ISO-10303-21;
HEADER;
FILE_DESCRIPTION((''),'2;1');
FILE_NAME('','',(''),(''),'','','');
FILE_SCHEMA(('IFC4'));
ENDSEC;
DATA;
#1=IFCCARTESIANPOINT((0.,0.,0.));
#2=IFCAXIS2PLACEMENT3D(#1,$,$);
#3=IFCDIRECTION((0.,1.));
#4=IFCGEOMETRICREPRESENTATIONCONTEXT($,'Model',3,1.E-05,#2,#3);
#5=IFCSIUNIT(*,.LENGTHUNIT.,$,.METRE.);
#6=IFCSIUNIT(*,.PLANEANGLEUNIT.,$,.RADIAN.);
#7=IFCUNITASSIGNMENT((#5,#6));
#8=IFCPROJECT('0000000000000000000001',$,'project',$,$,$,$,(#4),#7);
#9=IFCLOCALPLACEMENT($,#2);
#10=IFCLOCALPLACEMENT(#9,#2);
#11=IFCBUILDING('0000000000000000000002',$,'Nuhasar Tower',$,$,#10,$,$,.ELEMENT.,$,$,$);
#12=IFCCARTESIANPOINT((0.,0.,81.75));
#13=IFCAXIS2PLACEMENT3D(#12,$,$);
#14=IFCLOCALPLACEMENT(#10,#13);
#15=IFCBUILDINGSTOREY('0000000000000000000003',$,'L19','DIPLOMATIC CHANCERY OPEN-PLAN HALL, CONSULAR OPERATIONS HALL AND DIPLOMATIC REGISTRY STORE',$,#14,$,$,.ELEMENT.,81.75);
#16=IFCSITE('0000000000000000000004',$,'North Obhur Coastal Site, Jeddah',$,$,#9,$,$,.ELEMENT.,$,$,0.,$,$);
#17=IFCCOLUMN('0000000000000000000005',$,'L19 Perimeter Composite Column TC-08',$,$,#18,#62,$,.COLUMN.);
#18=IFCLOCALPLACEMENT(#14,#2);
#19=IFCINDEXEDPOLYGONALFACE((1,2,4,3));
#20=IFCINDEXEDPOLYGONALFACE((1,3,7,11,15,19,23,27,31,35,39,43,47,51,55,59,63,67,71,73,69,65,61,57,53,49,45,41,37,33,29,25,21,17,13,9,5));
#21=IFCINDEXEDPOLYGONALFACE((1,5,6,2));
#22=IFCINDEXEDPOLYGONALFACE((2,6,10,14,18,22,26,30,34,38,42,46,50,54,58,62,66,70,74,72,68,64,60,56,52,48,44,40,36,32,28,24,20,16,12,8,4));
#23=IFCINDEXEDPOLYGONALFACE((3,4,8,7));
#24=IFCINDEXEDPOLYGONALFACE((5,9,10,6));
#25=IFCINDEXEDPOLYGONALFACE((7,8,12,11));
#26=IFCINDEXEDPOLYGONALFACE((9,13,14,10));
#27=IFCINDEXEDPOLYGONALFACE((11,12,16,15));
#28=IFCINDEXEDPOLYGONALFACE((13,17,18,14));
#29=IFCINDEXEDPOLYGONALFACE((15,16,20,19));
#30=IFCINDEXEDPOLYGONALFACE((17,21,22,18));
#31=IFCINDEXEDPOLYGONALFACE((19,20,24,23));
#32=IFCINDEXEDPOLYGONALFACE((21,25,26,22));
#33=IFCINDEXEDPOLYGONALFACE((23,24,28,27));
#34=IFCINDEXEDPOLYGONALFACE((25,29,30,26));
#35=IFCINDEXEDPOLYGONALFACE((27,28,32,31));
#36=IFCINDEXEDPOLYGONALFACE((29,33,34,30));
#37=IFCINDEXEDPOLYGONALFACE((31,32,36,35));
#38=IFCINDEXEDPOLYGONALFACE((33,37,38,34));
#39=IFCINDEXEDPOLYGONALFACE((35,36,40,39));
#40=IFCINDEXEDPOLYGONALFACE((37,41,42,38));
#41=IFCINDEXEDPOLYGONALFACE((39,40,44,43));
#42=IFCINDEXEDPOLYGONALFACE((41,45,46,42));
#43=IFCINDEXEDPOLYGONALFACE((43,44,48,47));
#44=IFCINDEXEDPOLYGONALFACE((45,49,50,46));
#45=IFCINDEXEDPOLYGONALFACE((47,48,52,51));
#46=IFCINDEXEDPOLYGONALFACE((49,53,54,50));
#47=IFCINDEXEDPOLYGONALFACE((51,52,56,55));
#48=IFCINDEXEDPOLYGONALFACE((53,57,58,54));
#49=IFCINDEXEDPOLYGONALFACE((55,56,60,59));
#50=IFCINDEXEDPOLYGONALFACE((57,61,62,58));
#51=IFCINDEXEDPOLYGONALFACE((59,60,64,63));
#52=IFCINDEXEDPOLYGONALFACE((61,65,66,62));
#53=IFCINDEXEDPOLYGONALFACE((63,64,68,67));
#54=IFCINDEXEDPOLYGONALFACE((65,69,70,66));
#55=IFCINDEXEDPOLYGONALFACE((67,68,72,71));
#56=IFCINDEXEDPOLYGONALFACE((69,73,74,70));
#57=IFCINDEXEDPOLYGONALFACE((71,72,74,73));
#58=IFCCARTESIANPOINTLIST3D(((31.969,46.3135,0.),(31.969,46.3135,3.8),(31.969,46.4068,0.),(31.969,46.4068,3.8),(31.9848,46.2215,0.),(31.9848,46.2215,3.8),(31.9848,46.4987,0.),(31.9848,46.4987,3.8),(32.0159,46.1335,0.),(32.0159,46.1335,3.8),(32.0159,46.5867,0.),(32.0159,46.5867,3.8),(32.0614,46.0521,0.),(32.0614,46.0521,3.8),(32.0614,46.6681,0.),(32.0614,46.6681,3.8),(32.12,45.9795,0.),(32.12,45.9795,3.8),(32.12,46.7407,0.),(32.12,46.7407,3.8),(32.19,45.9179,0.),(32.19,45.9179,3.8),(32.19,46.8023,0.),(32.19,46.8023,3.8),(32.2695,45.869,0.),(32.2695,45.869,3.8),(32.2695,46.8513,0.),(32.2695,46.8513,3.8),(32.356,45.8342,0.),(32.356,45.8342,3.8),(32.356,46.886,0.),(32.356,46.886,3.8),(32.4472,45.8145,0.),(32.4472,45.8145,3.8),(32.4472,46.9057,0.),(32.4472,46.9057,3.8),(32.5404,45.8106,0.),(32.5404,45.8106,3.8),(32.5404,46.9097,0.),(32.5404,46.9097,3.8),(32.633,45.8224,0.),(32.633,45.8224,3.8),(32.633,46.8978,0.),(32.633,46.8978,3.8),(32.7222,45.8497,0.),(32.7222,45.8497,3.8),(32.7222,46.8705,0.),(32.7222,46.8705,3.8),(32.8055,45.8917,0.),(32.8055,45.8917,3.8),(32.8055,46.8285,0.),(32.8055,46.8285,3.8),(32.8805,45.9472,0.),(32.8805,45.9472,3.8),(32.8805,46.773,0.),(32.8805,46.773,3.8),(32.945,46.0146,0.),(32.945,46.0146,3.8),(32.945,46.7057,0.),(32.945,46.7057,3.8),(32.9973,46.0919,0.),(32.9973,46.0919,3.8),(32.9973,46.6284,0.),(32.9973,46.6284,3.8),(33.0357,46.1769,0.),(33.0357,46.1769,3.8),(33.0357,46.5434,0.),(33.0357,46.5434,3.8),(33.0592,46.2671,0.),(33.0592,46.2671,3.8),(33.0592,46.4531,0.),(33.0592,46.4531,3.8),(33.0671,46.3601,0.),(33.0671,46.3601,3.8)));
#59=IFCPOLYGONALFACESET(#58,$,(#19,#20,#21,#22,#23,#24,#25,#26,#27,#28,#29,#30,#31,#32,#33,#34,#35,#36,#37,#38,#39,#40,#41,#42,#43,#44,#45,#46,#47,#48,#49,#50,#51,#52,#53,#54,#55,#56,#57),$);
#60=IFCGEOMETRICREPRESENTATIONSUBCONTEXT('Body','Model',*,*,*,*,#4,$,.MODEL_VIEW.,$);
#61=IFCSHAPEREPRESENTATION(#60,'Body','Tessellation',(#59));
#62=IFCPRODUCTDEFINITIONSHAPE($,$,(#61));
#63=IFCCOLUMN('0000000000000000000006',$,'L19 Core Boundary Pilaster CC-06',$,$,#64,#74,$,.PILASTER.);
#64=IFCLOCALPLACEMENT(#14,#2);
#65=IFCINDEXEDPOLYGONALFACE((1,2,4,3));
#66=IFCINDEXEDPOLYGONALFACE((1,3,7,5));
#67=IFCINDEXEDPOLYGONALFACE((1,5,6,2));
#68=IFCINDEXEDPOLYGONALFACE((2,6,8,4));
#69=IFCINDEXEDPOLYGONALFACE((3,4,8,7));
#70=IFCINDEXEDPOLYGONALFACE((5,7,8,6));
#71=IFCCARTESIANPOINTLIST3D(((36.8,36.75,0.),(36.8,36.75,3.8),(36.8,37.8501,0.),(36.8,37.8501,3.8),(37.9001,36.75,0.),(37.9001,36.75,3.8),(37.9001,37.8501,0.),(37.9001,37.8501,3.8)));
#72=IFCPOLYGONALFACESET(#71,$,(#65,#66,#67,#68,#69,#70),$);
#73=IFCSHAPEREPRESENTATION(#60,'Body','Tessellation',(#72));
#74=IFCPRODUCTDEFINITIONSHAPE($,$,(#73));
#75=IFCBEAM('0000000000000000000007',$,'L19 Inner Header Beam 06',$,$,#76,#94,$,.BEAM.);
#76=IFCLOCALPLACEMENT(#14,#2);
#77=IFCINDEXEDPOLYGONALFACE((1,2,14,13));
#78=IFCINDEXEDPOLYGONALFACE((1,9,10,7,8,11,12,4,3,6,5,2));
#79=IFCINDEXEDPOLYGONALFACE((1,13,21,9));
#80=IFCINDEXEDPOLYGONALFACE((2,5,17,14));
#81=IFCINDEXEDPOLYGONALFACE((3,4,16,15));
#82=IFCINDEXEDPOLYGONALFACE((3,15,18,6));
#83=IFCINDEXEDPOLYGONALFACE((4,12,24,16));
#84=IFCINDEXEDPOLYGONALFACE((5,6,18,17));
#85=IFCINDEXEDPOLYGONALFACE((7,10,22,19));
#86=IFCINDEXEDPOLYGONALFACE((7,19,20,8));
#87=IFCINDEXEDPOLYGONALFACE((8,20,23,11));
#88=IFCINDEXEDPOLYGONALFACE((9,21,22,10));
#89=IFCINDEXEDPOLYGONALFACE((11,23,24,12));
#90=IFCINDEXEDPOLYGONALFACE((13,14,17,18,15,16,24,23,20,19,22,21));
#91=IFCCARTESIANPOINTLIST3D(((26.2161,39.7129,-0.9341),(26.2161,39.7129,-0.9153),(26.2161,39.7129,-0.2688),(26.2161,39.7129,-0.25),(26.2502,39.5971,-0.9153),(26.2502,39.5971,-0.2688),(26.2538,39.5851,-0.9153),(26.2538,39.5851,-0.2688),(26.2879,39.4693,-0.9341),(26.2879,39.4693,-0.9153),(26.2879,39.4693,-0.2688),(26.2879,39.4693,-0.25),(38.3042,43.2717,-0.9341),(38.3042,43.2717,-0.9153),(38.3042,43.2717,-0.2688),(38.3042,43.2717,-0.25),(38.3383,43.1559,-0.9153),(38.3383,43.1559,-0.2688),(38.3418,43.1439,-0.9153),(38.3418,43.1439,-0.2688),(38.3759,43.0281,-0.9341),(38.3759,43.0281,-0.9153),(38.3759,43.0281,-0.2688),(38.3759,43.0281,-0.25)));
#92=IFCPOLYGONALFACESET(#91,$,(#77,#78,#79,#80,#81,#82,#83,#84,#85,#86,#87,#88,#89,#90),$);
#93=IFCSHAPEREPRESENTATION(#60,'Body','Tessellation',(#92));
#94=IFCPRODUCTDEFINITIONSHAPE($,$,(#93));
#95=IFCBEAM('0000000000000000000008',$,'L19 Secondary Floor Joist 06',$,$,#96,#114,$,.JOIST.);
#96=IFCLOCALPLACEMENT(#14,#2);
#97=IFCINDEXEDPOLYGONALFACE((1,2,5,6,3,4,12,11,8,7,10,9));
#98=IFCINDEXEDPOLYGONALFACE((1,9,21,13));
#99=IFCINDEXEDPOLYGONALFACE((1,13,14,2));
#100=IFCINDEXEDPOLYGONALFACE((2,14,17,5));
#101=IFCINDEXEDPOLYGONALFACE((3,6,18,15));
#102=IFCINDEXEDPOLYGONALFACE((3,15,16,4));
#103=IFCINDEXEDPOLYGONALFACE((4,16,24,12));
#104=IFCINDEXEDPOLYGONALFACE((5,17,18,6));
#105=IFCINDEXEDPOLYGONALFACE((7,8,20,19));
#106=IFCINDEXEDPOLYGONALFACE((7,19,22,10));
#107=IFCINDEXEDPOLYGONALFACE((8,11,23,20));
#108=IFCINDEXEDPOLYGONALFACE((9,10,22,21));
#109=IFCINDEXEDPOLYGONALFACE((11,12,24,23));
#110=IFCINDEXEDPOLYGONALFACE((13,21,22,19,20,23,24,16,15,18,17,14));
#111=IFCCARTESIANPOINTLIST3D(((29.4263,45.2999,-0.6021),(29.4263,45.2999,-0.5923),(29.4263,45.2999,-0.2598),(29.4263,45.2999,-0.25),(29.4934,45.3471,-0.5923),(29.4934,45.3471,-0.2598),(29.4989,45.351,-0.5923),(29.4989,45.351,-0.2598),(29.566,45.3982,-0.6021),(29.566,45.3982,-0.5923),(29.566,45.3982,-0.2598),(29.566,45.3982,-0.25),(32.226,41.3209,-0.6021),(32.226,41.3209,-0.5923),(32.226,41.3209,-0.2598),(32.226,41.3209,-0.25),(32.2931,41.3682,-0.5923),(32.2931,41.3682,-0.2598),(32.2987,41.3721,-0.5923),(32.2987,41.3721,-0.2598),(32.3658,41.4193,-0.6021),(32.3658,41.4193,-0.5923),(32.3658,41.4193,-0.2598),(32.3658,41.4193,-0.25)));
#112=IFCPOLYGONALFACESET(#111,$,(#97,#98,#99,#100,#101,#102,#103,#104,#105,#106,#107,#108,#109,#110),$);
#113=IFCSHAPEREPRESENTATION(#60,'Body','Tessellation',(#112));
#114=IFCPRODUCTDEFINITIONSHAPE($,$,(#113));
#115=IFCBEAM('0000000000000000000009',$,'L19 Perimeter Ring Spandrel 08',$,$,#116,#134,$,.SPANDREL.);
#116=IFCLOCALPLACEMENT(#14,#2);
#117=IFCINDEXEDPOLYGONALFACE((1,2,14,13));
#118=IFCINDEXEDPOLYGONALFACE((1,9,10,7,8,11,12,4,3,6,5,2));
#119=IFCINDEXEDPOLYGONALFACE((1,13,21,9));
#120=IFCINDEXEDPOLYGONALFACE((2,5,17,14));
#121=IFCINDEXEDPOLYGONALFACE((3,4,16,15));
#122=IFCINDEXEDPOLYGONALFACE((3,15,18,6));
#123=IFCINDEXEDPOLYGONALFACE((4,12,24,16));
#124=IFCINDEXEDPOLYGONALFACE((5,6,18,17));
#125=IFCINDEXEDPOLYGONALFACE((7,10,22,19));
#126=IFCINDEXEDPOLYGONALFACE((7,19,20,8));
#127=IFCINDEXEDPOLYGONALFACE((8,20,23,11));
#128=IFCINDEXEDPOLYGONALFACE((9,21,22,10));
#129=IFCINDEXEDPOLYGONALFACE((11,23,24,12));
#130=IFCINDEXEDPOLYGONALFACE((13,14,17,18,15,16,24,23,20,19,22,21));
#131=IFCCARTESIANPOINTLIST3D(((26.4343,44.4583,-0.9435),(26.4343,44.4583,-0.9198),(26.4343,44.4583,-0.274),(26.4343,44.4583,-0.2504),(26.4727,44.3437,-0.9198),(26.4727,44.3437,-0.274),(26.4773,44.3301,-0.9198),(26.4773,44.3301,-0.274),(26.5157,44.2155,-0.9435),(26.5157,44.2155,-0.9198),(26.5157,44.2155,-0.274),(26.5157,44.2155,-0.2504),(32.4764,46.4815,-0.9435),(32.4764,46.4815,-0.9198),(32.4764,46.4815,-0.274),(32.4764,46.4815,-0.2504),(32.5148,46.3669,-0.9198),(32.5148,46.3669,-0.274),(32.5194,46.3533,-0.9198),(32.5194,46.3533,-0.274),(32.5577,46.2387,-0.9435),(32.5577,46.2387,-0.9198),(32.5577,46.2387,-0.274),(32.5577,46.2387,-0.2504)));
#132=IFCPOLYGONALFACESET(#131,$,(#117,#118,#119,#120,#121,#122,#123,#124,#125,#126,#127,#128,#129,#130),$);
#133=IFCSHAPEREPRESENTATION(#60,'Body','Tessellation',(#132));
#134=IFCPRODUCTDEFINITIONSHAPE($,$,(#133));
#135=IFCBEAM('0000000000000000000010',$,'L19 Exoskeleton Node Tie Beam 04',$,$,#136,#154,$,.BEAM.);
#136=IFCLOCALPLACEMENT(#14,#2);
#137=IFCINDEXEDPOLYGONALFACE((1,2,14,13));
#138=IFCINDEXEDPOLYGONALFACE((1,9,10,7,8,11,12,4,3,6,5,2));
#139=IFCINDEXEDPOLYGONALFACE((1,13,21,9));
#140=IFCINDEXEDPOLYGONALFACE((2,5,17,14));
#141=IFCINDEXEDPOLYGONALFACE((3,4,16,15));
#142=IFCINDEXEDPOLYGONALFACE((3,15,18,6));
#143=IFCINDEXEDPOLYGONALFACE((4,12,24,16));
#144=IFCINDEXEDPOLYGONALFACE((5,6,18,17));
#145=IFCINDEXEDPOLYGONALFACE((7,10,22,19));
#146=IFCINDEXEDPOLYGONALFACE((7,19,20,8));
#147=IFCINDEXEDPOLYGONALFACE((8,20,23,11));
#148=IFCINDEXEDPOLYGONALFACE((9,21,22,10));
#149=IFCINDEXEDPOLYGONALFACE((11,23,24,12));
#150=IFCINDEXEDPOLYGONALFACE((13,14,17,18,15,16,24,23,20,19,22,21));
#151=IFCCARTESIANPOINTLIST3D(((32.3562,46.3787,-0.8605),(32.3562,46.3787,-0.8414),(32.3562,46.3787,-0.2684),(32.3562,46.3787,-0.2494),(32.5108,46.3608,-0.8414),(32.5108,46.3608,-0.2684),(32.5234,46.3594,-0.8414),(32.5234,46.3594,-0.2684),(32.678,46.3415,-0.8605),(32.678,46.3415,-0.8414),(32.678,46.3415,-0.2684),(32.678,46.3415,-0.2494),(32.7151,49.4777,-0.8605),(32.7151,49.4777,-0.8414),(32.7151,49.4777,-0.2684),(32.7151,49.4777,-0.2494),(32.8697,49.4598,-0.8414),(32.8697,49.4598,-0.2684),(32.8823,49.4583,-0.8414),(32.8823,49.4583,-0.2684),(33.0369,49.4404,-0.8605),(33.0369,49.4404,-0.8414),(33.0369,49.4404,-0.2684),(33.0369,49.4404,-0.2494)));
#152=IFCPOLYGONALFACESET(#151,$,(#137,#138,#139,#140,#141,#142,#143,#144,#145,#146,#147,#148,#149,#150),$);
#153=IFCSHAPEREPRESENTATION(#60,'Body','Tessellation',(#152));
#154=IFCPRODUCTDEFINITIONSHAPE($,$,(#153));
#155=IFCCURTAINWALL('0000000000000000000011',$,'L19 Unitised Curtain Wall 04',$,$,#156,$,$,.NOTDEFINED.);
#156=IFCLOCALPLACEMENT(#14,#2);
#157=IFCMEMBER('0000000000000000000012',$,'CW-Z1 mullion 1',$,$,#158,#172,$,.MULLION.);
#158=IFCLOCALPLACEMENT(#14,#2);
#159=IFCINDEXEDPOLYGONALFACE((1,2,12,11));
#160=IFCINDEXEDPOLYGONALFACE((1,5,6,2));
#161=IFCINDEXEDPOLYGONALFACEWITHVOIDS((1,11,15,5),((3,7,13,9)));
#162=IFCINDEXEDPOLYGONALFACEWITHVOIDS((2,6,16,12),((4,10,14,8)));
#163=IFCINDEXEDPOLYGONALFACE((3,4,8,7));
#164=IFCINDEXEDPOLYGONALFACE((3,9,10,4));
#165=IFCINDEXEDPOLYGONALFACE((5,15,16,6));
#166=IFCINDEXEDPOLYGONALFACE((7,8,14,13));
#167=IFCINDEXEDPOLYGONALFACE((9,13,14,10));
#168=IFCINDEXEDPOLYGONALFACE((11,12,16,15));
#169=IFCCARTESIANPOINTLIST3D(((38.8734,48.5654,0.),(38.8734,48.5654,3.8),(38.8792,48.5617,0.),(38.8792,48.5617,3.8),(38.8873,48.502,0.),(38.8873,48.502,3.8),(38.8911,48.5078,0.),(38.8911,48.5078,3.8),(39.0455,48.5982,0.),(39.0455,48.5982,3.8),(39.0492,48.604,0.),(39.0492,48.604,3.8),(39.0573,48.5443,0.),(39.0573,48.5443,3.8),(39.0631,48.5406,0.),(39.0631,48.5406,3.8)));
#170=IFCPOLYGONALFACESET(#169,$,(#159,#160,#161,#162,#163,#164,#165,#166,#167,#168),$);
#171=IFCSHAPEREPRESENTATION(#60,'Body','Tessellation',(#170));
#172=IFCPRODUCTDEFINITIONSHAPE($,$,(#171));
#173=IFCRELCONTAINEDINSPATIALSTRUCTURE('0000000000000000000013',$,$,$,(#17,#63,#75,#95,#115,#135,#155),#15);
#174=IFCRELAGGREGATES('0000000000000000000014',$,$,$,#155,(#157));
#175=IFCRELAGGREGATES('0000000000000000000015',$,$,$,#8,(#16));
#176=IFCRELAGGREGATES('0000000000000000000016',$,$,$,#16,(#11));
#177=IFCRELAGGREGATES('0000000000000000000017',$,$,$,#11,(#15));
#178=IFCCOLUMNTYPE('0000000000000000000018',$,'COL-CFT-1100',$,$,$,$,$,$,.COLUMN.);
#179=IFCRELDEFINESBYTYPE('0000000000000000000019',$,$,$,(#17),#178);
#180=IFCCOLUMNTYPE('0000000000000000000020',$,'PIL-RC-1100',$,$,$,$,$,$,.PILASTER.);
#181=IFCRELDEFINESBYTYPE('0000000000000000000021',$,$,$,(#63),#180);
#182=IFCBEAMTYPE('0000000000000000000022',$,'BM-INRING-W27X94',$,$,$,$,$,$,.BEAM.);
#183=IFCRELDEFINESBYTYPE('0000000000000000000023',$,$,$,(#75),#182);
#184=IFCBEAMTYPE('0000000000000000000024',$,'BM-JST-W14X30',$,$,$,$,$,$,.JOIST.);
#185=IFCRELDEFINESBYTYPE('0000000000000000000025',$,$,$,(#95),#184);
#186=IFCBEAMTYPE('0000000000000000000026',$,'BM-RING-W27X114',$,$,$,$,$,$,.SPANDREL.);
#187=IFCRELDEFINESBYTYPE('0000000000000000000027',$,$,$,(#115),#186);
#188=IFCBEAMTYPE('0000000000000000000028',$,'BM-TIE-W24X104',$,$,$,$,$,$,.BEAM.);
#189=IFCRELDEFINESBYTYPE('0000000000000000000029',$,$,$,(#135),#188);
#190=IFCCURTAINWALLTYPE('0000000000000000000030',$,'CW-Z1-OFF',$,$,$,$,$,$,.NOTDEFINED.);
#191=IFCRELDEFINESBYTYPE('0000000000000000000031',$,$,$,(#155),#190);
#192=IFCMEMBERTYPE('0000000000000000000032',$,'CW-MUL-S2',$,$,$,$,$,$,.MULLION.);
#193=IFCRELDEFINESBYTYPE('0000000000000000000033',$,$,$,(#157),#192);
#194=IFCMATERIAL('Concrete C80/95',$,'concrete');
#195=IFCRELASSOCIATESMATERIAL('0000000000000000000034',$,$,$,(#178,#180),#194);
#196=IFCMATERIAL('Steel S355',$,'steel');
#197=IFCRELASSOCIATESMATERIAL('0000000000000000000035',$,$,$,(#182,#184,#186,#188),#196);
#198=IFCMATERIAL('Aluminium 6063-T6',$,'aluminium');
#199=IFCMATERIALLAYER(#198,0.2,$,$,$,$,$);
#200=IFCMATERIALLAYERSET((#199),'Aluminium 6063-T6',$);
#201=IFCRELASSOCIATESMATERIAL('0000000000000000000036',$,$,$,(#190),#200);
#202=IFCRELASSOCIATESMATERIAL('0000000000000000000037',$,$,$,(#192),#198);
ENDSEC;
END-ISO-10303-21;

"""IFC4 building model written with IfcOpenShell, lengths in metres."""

from ifc_helpers import new_model, si_unit, direction, frame, origin, origin_2d, place, context, subcontext, project, spatial, rectangle, hollow_rectangle, circle, i_section, extrude, material, layer, layer_set, material_profile, profile_set, type_object, element, aggregate, save


model = new_model("IFC4")

# Units and contexts
model_context = context("Model", 3, precision=1e-05, world=origin(), true_north=direction((0.0, 1.0)))
body_context = subcontext(model_context, "Body", "Model", "MODEL_VIEW")
ifc_project = project(units=[si_unit("LENGTHUNIT", "METRE"), si_unit("PLANEANGLEUNIT", "RADIAN")], contexts=[model_context])

# Site, building, storey
site_placement = place(None, origin())
site = spatial("IfcSite", under=ifc_project, at=site_placement, Name="North Obhur Coastal Site, Jeddah", CompositionType="ELEMENT", RefElevation=0.0)
building_placement = place(site_placement, origin())
building = spatial("IfcBuilding", under=site, at=building_placement, Name="Nuhasar Tower", CompositionType="ELEMENT")
storey_placement = place(building_placement, frame((0.0, 0.0, 81.75)))
storey = spatial("IfcBuildingStorey", under=building, at=storey_placement, Name="L19", Description="DIPLOMATIC CHANCERY OPEN-PLAN HALL, CONSULAR OPERATIONS HALL AND DIPLOMATIC REGISTRY STORE", CompositionType="ELEMENT", Elevation=81.75)

# Columns
ifc_material_1 = material(Name="Concrete C80/95", Category="concrete")
ifc_material_profile_1 = material_profile(ifc_material_1, circle(Radius=0.55, at=origin_2d()), Name="CFT1100")
ifc_profile_set_1 = profile_set([ifc_material_profile_1], Name="Concrete C80/95")
column_type_1 = type_object("IfcColumnType", Name="COL-CFT-1100", PredefinedType="COLUMN", material=ifc_profile_set_1)
column_1_placement = place(storey_placement, frame((32.5171, 46.3601, 0.0), z_axis=(0.0, 0.0, 1.0), x_axis=(1.0, 0.0, 0.0)))
element("IfcColumn", 1, at=column_1_placement, inside=storey, type_object=column_type_1, Name="L19 Perimeter Composite Column TC-08", PredefinedType="COLUMN", context=body_context, shape_type="SweptSolid", body=[
    extrude(circle(Radius=0.55, at=origin_2d()), origin(), (0.0, 0.0, 1.0), 3.8),
])
ifc_material_profile_2 = material_profile(ifc_material_1, rectangle(XDim=1.1001, YDim=1.1001, at=origin_2d()), Name="RC1100X1100")
ifc_profile_set_2 = profile_set([ifc_material_profile_2], Name="Concrete C80/95")
column_type_2 = type_object("IfcColumnType", Name="PIL-RC-1100", PredefinedType="PILASTER", material=ifc_profile_set_2)
column_2_placement = place(storey_placement, frame((37.3501, 37.3, 0.0), z_axis=(0.0, 0.0, 1.0), x_axis=(1.0, 0.0, 0.0)))
element("IfcColumn", 2, at=column_2_placement, inside=storey, type_object=column_type_2, Name="L19 Core Boundary Pilaster CC-06", PredefinedType="PILASTER", context=body_context, shape_type="SweptSolid", body=[
    extrude(rectangle(XDim=1.1001, YDim=1.1001, at=origin_2d()), origin(), (0.0, 0.0, 1.0), 3.8),
])

# Beams
ifc_material_2 = material(Name="Steel S355", Category="steel")
ifc_material_profile_3 = material_profile(ifc_material_2, i_section(OverallWidth=0.2539, OverallDepth=0.6841, WebThickness=0.0125, FlangeThickness=0.0188, at=origin_2d()), Name="W27X94")
ifc_profile_set_3 = profile_set([ifc_material_profile_3], Name="Steel S355")
beam_type_1 = type_object("IfcBeamType", Name="BM-INRING-W27X94", PredefinedType="BEAM", material=ifc_profile_set_3)
beam_1_placement = place(storey_placement, frame((38.3401, 43.1499, -0.592), z_axis=(-0.95929, -0.282422, 0.0), x_axis=(0.282422, -0.95929, 0.0)))
element("IfcBeam", 3, at=beam_1_placement, inside=storey, type_object=beam_type_1, Name="L19 Inner Header Beam 06", PredefinedType="BEAM", context=body_context, shape_type="SweptSolid", body=[
    extrude(i_section(OverallWidth=0.2539, OverallDepth=0.6841, WebThickness=0.0125, FlangeThickness=0.0188, at=origin_2d()), origin(), (0.0, 0.0, 1.0), 12.6011),
])
ifc_material_profile_4 = material_profile(ifc_material_2, i_section(OverallWidth=0.1709, OverallDepth=0.3521, WebThickness=0.0068, FlangeThickness=0.0098, at=origin_2d()), Name="W14X30")
ifc_profile_set_4 = profile_set([ifc_material_profile_4], Name="Steel S355")
beam_type_2 = type_object("IfcBeamType", Name="BM-JST-W14X30", PredefinedType="JOIST", material=ifc_profile_set_4)
beam_2_placement = place(storey_placement, frame((32.2959, 41.3701, -0.426), z_axis=(-0.575461, 0.817829, 0.0), x_axis=(-0.817829, -0.575461, 0.0)))
element("IfcBeam", 4, at=beam_2_placement, inside=storey, type_object=beam_type_2, Name="L19 Secondary Floor Joist 06", PredefinedType="JOIST", context=body_context, shape_type="SweptSolid", body=[
    extrude(i_section(OverallWidth=0.1709, OverallDepth=0.3521, WebThickness=0.0068, FlangeThickness=0.0098, at=origin_2d()), origin(), (0.0, 0.0, 1.0), 4.8652),
])
ifc_material_profile_5 = material_profile(ifc_material_2, i_section(OverallWidth=0.2561, OverallDepth=0.6931, WebThickness=0.0144, FlangeThickness=0.0237, at=origin_2d()), Name="W27X114")
ifc_profile_set_5 = profile_set([ifc_material_profile_5], Name="Steel S355")
beam_type_3 = type_object("IfcBeamType", Name="BM-RING-W27X114", PredefinedType="SPANDREL", material=ifc_profile_set_5)
beam_3_placement = place(storey_placement, frame((32.5171, 46.3601, -0.5969), z_axis=(-0.948249, -0.317526, 0.0), x_axis=(0.317526, -0.948249, 0.0)))
element("IfcBeam", 5, at=beam_3_placement, inside=storey, type_object=beam_type_3, Name="L19 Perimeter Ring Spandrel 08", PredefinedType="SPANDREL", context=body_context, shape_type="SweptSolid", body=[
    extrude(i_section(OverallWidth=0.2561, OverallDepth=0.6931, WebThickness=0.0144, FlangeThickness=0.0237, at=origin_2d()), origin(), (0.0, 0.0, 1.0), 6.3718),
])
ifc_material_profile_6 = material_profile(ifc_material_2, i_section(OverallWidth=0.324, OverallDepth=0.6111, WebThickness=0.0127, FlangeThickness=0.019, at=origin_2d()), Name="W24X104")
ifc_profile_set_6 = profile_set([ifc_material_profile_6], Name="Steel S355")
beam_type_4 = type_object("IfcBeamType", Name="BM-TIE-W24X104", PredefinedType="BEAM", material=ifc_profile_set_6)
beam_4_placement = place(storey_placement, frame((32.5171, 46.3601, -0.5549), z_axis=(0.115043, 0.993361, 0.0), x_axis=(-0.993361, 0.115043, 0.0)))
element("IfcBeam", 6, at=beam_4_placement, inside=storey, type_object=beam_type_4, Name="L19 Exoskeleton Node Tie Beam 04", PredefinedType="BEAM", context=body_context, shape_type="SweptSolid", body=[
    extrude(i_section(OverallWidth=0.324, OverallDepth=0.6111, WebThickness=0.0127, FlangeThickness=0.019, at=origin_2d()), origin(), (0.0, 0.0, 1.0), 3.1196),
])

# Curtain wall, member
ifc_material_3 = material(Name="Aluminium 6063-T6", Category="aluminium")
ifc_layer_1 = layer(ifc_material_3, 0.2)
ifc_layer_set_1 = layer_set([ifc_layer_1], Name="Aluminium 6063-T6")
curtain_wall_type = type_object("IfcCurtainWallType", Name="CW-Z1-OFF", PredefinedType="NOTDEFINED", material=ifc_layer_set_1)
curtain_wall_placement = place(storey_placement, origin())
curtain_wall = element("IfcCurtainWall", 7, at=curtain_wall_placement, inside=storey, type_object=curtain_wall_type, Name="L19 Unitised Curtain Wall 04", PredefinedType="NOTDEFINED")
ifc_material_profile_7 = material_profile(ifc_material_3, hollow_rectangle(XDim=0.0649, YDim=0.1799, WallThickness=0.0049, at=origin_2d()), Name="CWM-2")
ifc_profile_set_7 = profile_set([ifc_material_profile_7], Name="Aluminium 6063-T6")
member_type_1 = type_object("IfcMemberType", Name="CW-MUL-S2", PredefinedType="MULLION", material=ifc_profile_set_7)
member_1_placement = place(storey_placement, frame((38.9683, 48.553, 0.0), z_axis=(0.0, 0.0, 1.0), x_axis=(0.214399, -0.976746, 0.0)))
member_1 = element("IfcMember", 8, at=member_1_placement, type_object=member_type_1, Name="CW-Z1 mullion 1", PredefinedType="MULLION", context=body_context, shape_type="SweptSolid", body=[
    extrude(hollow_rectangle(XDim=0.0649, YDim=0.1799, WallThickness=0.0049, at=origin_2d()), origin(), (0.0, 0.0, 1.0), 3.8),
])

aggregate(curtain_wall, [member_1])

save(model, "model.ifc")
